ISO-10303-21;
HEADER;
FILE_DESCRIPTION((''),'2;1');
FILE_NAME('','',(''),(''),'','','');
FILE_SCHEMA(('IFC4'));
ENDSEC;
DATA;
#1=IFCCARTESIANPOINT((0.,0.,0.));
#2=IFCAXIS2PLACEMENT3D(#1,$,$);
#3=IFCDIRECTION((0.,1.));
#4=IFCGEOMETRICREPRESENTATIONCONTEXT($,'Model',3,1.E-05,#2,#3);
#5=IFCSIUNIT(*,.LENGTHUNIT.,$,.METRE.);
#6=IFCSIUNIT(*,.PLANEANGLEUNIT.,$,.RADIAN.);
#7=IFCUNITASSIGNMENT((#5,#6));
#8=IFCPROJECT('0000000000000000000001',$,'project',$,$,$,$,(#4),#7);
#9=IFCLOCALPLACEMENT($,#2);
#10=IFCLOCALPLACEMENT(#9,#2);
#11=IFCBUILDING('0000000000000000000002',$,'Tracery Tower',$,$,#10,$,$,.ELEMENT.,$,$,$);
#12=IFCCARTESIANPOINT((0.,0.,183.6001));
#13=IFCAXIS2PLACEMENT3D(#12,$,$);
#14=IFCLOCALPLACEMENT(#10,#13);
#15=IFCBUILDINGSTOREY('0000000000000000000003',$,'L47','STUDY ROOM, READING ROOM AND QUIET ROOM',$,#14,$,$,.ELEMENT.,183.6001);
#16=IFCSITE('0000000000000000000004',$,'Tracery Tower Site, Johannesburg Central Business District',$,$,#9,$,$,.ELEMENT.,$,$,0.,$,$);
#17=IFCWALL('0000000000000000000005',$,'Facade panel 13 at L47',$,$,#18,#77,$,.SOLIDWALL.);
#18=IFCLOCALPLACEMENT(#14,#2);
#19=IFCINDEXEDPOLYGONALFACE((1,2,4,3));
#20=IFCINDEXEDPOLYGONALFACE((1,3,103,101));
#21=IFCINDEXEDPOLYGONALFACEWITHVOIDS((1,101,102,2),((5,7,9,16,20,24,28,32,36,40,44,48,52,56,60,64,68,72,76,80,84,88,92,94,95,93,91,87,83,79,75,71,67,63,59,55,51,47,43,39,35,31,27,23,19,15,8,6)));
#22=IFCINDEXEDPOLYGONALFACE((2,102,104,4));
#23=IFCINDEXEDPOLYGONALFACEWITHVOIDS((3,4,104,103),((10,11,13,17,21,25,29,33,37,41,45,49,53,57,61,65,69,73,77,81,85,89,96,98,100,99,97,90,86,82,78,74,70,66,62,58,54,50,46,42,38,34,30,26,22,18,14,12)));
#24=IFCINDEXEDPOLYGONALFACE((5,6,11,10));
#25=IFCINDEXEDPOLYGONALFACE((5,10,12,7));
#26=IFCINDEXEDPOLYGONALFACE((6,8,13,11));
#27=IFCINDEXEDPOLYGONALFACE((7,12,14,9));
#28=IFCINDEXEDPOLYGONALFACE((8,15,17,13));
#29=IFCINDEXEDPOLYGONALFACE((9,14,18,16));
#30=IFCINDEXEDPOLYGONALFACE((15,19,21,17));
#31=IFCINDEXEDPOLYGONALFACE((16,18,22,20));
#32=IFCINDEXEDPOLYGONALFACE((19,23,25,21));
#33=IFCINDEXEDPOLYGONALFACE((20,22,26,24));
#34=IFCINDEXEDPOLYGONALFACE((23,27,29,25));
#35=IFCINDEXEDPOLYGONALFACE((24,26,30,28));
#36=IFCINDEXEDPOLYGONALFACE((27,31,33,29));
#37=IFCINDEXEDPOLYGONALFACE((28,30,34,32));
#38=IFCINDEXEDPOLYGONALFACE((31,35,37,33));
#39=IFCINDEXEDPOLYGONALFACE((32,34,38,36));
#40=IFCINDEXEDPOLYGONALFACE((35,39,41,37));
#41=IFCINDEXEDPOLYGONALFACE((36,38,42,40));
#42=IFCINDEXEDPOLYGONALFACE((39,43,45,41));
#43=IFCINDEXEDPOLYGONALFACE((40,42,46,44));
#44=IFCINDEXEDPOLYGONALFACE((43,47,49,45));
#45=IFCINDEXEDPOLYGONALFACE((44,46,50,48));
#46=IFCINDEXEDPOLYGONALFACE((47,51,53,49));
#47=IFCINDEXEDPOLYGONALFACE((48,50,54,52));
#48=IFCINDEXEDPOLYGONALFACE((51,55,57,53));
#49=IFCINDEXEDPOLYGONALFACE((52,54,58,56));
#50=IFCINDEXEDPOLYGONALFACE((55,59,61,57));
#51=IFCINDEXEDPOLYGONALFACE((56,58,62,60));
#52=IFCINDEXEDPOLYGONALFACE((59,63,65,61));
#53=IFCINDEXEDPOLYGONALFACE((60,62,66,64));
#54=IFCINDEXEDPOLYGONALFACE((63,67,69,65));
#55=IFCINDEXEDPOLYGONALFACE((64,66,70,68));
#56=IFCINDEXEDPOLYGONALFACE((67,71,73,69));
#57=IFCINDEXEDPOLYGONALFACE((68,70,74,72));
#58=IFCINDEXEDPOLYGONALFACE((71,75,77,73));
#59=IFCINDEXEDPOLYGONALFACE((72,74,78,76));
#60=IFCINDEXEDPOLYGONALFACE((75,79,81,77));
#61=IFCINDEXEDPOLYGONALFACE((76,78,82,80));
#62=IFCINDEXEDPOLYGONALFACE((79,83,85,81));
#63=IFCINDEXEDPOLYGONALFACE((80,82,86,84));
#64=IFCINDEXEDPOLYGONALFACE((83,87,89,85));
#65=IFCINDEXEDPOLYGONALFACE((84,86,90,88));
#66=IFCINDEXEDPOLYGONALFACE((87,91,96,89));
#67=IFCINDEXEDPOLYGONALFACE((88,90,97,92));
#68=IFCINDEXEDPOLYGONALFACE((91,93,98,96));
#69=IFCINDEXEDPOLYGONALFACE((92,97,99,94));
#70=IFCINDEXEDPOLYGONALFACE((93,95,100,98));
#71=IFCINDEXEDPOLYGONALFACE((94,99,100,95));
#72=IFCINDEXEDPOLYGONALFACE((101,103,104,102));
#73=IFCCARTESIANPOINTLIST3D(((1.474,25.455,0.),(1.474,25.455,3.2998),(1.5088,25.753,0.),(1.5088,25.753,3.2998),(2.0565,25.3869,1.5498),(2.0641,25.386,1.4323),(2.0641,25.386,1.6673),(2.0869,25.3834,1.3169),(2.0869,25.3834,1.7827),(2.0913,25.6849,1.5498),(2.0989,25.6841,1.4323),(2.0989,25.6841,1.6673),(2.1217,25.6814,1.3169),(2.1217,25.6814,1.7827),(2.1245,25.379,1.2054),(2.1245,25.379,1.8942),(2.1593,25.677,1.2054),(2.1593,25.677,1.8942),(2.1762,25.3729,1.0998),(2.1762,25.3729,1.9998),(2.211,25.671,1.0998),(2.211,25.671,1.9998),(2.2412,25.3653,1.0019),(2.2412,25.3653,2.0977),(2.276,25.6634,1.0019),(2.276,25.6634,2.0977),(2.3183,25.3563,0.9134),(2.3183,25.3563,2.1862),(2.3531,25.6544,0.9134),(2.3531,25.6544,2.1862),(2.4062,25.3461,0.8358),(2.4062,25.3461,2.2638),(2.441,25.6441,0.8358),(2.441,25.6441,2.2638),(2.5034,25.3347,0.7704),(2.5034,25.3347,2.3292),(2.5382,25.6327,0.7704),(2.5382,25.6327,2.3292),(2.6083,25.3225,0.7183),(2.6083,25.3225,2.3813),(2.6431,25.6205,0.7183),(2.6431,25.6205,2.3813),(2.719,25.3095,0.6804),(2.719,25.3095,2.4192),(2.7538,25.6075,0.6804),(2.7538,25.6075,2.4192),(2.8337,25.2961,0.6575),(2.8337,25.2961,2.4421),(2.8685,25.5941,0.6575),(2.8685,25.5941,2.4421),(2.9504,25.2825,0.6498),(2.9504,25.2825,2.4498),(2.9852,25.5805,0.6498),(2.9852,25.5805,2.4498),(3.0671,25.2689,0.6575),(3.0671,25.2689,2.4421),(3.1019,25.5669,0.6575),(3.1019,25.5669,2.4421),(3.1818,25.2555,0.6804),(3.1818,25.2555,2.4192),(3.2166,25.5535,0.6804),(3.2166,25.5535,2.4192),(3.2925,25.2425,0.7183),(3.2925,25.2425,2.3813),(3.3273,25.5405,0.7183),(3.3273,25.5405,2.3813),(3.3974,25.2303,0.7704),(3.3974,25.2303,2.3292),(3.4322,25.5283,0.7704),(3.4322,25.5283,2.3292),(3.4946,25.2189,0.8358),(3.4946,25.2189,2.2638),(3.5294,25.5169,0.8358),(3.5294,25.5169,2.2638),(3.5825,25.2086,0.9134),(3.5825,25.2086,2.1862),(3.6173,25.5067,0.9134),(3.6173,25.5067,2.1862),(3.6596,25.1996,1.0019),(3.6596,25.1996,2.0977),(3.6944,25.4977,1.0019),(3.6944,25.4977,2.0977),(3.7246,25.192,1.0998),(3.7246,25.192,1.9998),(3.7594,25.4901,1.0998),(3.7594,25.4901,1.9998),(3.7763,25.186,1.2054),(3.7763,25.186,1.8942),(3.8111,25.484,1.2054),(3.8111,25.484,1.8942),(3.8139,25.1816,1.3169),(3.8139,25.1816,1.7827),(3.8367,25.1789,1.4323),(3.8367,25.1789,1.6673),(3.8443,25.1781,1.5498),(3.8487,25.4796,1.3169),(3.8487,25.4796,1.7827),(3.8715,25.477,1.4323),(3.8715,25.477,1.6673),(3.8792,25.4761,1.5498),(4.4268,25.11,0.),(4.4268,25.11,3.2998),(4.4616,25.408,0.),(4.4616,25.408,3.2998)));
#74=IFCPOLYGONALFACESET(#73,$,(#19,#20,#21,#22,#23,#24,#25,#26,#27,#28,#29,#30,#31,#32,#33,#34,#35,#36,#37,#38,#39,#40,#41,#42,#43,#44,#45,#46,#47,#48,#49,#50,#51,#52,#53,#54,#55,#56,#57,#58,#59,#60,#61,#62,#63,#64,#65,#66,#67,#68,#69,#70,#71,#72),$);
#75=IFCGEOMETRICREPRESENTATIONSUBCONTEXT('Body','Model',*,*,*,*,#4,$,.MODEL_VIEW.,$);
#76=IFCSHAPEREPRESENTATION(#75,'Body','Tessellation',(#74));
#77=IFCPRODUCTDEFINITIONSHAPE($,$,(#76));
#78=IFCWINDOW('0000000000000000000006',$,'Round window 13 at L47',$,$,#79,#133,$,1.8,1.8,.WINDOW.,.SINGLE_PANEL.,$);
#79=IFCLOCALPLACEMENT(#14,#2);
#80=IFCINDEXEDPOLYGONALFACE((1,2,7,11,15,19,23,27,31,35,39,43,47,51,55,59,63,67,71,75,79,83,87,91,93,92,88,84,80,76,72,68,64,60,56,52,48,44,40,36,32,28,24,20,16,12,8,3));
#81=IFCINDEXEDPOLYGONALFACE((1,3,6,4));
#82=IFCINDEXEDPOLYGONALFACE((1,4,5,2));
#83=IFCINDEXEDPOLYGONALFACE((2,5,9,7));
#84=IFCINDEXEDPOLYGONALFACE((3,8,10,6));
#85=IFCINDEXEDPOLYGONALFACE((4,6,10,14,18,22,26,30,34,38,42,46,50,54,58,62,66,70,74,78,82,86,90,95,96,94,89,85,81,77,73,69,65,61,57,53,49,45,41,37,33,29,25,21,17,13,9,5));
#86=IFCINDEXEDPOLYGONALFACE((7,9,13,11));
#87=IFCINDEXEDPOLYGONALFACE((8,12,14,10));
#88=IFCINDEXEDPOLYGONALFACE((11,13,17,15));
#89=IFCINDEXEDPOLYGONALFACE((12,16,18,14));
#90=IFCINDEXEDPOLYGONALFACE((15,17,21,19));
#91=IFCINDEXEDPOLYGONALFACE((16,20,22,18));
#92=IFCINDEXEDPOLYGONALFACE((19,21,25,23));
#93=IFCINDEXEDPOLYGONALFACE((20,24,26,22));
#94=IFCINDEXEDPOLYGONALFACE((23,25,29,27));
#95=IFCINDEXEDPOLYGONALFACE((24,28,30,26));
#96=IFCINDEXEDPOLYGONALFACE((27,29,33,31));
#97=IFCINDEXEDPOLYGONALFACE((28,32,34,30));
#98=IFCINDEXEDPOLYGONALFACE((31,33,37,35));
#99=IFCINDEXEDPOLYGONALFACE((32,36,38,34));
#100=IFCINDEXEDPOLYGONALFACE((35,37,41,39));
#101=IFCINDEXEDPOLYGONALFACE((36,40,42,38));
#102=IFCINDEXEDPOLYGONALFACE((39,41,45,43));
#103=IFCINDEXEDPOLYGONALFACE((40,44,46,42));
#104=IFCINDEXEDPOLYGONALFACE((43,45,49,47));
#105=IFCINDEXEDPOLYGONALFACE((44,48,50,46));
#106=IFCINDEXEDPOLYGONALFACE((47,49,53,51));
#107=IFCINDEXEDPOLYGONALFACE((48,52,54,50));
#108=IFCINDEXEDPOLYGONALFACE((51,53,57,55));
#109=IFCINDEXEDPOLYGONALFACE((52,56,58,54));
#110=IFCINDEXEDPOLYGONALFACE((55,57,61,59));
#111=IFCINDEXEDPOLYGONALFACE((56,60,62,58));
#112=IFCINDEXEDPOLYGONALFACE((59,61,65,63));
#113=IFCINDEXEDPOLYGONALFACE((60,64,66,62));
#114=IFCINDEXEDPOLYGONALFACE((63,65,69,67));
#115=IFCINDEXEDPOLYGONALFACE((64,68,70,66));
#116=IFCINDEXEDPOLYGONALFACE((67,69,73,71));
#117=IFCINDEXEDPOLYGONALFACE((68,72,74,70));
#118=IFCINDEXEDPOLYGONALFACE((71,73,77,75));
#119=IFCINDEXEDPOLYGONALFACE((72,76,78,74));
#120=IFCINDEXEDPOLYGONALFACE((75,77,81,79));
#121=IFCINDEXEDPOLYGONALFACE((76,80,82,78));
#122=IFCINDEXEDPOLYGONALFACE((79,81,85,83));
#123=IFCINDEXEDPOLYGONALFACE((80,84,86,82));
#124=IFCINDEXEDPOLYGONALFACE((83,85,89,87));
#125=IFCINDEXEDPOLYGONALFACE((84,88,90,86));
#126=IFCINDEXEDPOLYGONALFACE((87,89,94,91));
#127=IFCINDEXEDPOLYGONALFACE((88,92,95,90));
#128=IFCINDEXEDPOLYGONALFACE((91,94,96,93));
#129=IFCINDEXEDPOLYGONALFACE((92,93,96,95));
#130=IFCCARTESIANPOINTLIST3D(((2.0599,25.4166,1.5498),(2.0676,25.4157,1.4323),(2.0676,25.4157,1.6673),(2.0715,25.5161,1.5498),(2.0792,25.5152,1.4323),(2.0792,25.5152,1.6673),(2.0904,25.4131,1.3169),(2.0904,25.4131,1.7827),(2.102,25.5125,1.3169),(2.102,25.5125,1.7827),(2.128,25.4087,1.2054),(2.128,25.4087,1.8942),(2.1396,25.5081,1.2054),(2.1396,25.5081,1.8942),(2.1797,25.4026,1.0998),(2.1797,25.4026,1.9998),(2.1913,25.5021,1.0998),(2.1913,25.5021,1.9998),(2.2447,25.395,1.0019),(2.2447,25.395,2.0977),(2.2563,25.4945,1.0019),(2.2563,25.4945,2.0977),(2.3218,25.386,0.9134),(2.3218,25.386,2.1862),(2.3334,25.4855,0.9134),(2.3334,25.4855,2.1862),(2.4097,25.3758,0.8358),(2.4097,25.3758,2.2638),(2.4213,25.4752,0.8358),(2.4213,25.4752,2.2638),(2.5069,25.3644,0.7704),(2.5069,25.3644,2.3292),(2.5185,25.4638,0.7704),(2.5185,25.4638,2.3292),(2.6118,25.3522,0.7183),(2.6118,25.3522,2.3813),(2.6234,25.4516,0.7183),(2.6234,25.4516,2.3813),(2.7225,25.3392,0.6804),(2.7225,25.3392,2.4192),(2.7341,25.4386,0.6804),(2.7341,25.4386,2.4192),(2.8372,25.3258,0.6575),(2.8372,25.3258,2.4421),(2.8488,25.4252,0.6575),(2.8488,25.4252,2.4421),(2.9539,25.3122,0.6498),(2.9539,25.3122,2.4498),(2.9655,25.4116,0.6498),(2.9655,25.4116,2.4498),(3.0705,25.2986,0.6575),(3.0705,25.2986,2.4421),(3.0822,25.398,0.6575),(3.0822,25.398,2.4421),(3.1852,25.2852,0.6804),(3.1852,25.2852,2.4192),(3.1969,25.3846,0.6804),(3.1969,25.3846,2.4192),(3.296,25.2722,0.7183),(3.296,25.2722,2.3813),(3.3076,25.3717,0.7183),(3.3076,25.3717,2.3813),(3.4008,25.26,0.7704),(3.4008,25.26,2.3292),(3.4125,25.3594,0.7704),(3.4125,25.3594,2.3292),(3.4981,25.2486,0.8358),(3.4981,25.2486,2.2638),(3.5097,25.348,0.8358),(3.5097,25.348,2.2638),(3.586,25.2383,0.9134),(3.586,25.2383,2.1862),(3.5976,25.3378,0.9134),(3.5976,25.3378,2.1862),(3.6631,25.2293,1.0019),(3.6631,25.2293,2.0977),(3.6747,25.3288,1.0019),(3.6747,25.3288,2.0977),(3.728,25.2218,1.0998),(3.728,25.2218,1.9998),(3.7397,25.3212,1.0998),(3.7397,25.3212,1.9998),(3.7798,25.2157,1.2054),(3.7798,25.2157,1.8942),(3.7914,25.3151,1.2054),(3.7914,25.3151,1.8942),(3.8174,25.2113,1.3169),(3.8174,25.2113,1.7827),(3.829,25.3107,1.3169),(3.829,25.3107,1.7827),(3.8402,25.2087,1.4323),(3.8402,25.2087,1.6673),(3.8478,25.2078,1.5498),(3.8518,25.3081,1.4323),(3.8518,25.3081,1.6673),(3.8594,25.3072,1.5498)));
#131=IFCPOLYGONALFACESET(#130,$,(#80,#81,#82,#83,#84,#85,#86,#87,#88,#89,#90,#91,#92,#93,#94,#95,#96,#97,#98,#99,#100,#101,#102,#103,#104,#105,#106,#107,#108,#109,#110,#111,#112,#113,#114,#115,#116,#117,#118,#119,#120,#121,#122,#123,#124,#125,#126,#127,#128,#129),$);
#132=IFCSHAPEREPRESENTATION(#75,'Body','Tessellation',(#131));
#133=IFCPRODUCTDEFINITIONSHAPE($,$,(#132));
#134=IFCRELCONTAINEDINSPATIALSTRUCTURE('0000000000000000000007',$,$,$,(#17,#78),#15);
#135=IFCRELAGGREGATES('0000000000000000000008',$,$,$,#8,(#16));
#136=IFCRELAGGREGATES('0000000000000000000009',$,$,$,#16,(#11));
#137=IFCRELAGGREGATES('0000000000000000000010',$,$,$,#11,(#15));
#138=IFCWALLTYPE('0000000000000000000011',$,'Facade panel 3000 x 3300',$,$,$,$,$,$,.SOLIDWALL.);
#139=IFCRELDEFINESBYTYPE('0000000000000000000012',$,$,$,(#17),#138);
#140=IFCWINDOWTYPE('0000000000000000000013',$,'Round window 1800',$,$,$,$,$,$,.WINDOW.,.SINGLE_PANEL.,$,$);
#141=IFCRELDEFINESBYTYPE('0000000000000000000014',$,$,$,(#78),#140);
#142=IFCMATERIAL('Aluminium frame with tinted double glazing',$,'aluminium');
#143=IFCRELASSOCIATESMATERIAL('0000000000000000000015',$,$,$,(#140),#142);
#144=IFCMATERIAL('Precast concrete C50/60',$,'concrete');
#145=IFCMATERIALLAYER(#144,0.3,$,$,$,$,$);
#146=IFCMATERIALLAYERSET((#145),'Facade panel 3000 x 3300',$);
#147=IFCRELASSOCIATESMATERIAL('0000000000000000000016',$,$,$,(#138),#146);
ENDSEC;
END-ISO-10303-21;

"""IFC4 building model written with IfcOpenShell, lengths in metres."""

from ifc_helpers import new_model, si_unit, direction, frame, frame_2d, origin, origin_2d, place, context, subcontext, project, spatial, rectangle, circle, extrude, material, layer, layer_set, type_object, element, fill, save


model = new_model("IFC4")

# Units and contexts
model_context = context("Model", 3, precision=1e-05, world=origin(), true_north=direction((0.0, 1.0)))
body_context = subcontext(model_context, "Body", "Model", "MODEL_VIEW")
ifc_project = project(units=[si_unit("LENGTHUNIT", "METRE"), si_unit("PLANEANGLEUNIT", "RADIAN")], contexts=[model_context])

# Site, building, storey
site_placement = place(None, origin())
site = spatial("IfcSite", under=ifc_project, at=site_placement, Name="Tracery Tower Site, Johannesburg Central Business District", CompositionType="ELEMENT", RefElevation=0.0)
building_placement = place(site_placement, origin())
building = spatial("IfcBuilding", under=site, at=building_placement, Name="Tracery Tower", CompositionType="ELEMENT")
storey_placement = place(building_placement, frame((0.0, 0.0, 183.6001)))
storey = spatial("IfcBuildingStorey", under=building, at=storey_placement, Name="L47", Description="STUDY ROOM, READING ROOM AND QUIET ROOM", CompositionType="ELEMENT", Elevation=183.6001)

# Wall, opening, window
ifc_material_1 = material(Name="Aluminium frame with tinted double glazing", Category="aluminium")
window_type = type_object("IfcWindowType", Name="Round window 1800", PartitioningType="SINGLE_PANEL", PredefinedType="WINDOW", material=ifc_material_1)
ifc_material_2 = material(Name="Precast concrete C50/60", Category="concrete")
ifc_layer_1 = layer(ifc_material_2, 0.3)
ifc_layer_set_1 = layer_set([ifc_layer_1], Name="Facade panel 3000 x 3300")
wall_type_1 = type_object("IfcWallType", Name="Facade panel 3000 x 3300", PredefinedType="SOLIDWALL", material=ifc_layer_set_1)
wall_1_placement = place(storey_placement, frame((4.4441, 25.259, 0.0), z_axis=(0.0, 0.0, 1.0), x_axis=(-0.993245, 0.116036, 0.0)))
wall_1 = element("IfcWall", 1, at=wall_1_placement, inside=storey, type_object=wall_type_1, Name="Facade panel 13 at L47", PredefinedType="SOLIDWALL", context=body_context, shape_type="SweptSolid", body=[
    extrude(rectangle(XDim=2.9729, YDim=0.3, at=frame_2d((1.4863, 0.0))), origin(), (0.0, 0.0, 1.0), 3.2998),
])
opening_1_placement = place(wall_1_placement, frame((1.4863, 0.0, 1.5498)))
opening_1 = element("IfcOpeningElement", 2, at=opening_1_placement, cuts=wall_1, PredefinedType="OPENING", context=body_context, shape_type="SweptSolid", body=[
    extrude(circle(Radius=0.9, at=origin_2d()), frame((0.0, 0.1599, 0.0), z_axis=(0.0, -1.0, 0.0), x_axis=(1.0, 0.0, 0.0)), (0.0, 0.0, 1.0), 0.3201),
])
window_1_placement = place(opening_1_placement, origin())
window_1 = element("IfcWindow", 3, at=window_1_placement, inside=storey, type_object=window_type, Name="Round window 13 at L47", OverallHeight=1.8, OverallWidth=1.8, PartitioningType="SINGLE_PANEL", PredefinedType="WINDOW", context=body_context, shape_type="SweptSolid", body=[
    extrude(circle(Radius=0.9, at=origin_2d()), frame((0.0, 0.1201, 0.0), z_axis=(0.0, -1.0, 0.0), x_axis=(1.0, 0.0, 0.0)), (0.0, 0.0, 1.0), 0.1001),
])
fill(opening_1, window_1)

save(model, "model.ifc")
